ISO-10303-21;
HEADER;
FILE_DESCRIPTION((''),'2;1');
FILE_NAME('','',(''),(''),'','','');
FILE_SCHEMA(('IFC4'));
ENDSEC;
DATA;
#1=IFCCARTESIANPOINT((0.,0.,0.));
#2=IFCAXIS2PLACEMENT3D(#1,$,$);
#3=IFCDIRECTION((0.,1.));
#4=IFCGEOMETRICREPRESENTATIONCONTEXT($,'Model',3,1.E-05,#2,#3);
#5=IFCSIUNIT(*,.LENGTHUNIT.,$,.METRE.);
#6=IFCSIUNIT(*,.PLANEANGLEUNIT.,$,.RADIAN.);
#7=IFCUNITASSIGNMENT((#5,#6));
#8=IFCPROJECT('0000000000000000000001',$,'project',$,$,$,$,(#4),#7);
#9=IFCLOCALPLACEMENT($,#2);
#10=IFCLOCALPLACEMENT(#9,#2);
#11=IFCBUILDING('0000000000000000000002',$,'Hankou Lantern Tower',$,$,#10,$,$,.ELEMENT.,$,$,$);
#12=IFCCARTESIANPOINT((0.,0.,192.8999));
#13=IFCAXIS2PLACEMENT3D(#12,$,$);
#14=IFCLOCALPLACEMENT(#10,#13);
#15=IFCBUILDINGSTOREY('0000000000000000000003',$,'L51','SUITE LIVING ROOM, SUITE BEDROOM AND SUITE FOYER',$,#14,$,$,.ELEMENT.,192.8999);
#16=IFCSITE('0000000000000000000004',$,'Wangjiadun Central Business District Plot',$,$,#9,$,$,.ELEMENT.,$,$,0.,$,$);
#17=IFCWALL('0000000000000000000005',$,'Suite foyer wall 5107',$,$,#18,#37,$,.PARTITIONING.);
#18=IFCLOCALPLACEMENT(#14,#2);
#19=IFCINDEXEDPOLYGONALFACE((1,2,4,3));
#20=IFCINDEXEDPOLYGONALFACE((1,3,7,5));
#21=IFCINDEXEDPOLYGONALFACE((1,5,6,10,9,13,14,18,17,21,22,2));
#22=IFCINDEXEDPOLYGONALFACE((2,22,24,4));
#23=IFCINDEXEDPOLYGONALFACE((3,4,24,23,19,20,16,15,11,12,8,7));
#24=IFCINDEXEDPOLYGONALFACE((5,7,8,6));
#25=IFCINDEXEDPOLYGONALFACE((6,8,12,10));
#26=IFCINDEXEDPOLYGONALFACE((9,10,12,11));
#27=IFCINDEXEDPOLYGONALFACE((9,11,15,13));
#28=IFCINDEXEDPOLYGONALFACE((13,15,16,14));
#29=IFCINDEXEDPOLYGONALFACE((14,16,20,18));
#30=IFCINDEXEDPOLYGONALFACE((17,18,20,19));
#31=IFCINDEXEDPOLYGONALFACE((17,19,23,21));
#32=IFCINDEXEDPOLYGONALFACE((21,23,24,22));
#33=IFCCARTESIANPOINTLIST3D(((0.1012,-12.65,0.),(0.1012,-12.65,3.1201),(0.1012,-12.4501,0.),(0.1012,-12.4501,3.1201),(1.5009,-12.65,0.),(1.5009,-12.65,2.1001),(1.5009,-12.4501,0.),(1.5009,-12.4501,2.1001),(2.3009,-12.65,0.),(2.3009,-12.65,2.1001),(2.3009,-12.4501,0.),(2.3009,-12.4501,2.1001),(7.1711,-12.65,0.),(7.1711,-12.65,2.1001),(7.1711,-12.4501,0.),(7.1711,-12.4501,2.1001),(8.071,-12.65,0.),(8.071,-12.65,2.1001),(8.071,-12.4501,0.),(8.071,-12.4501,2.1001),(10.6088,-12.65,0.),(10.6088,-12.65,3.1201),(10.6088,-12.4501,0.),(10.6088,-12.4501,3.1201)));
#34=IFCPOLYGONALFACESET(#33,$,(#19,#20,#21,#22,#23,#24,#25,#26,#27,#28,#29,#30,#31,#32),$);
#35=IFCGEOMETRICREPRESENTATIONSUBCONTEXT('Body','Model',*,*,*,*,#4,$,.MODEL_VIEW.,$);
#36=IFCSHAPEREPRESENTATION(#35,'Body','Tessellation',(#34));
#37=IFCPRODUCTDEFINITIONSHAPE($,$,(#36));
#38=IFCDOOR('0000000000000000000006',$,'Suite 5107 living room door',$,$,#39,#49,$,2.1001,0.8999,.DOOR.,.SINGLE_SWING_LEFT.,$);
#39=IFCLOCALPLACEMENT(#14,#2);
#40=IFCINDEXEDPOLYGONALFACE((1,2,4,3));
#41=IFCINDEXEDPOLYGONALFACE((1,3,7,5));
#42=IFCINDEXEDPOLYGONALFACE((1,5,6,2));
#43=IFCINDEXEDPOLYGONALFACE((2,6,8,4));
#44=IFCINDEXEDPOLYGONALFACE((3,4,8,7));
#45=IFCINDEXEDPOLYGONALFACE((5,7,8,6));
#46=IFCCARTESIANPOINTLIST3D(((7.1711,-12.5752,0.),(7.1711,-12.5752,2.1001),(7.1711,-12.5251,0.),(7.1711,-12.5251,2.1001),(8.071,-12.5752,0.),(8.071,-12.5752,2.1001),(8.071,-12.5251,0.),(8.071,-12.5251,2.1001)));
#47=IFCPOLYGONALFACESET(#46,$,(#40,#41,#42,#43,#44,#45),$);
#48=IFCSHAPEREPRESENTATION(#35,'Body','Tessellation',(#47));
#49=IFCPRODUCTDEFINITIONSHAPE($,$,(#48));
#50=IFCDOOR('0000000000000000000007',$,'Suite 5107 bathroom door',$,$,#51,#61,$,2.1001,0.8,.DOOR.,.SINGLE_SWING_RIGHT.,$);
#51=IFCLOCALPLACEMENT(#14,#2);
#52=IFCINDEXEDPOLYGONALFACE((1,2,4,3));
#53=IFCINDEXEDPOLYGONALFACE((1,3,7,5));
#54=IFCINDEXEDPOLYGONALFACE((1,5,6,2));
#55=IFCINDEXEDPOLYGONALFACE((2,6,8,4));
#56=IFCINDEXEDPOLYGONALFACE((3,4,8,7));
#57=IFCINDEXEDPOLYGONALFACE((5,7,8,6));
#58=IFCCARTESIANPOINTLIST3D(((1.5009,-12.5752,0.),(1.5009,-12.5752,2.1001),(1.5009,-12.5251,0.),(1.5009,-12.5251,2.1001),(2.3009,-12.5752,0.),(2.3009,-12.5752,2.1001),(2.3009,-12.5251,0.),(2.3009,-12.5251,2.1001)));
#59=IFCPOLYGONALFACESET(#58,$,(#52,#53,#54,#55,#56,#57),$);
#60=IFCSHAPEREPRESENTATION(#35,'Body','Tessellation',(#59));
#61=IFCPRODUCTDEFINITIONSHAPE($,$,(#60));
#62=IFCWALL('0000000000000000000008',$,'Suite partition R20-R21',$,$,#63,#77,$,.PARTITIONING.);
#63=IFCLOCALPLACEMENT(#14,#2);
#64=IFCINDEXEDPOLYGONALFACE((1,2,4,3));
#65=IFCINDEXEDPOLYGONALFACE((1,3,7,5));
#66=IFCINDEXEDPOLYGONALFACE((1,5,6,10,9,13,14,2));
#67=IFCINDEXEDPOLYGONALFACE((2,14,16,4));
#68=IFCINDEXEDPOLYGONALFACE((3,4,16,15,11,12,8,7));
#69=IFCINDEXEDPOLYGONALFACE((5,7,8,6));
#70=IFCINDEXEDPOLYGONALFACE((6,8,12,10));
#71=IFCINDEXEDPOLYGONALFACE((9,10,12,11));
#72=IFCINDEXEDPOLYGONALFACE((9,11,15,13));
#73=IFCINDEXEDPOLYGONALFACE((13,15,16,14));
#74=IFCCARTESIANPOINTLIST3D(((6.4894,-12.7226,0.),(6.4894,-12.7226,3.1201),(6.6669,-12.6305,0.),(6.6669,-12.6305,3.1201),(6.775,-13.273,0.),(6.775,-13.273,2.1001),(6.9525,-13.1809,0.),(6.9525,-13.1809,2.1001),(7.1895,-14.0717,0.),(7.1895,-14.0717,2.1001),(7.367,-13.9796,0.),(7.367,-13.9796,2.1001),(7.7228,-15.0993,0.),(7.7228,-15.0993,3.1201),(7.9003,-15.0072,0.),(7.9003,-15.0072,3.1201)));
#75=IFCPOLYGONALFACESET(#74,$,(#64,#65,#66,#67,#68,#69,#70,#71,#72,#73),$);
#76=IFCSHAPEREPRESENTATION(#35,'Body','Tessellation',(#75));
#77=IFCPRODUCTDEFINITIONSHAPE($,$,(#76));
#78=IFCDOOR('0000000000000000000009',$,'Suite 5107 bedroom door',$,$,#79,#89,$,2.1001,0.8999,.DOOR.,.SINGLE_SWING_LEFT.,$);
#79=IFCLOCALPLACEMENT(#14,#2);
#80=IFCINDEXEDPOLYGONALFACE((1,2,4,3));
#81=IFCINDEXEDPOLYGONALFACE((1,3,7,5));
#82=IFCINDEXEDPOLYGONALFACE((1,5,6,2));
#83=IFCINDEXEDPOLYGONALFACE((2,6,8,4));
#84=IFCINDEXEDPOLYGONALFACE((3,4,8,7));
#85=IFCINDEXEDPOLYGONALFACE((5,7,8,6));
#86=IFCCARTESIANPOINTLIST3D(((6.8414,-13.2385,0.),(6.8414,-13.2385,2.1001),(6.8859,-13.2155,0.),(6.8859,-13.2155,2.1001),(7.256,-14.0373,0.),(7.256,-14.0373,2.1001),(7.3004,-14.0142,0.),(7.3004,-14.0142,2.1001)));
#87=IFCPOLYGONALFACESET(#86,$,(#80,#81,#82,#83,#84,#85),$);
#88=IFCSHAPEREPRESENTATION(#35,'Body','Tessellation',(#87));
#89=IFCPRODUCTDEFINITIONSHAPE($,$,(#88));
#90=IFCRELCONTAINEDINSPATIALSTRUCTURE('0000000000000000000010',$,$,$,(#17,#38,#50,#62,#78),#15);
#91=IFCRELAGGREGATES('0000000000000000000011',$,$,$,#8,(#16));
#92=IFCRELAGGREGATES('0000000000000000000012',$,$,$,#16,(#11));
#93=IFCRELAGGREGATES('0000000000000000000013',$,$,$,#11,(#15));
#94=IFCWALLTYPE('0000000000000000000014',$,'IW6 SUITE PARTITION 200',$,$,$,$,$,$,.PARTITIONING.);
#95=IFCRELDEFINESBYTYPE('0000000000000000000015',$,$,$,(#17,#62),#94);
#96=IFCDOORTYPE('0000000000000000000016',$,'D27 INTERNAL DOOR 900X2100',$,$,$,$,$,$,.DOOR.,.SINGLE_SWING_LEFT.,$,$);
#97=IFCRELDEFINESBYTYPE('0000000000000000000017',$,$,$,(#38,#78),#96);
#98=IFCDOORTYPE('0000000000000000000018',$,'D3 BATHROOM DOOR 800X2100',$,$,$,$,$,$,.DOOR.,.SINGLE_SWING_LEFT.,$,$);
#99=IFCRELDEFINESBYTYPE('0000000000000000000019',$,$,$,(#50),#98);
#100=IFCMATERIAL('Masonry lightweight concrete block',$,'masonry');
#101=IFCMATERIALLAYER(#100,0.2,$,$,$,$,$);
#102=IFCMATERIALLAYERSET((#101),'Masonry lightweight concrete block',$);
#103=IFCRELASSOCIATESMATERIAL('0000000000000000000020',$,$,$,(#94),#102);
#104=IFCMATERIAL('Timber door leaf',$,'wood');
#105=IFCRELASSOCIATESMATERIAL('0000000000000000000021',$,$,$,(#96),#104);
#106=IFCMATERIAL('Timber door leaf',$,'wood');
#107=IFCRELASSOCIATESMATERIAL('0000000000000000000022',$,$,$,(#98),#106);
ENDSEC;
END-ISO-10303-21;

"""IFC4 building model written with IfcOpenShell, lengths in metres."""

from ifc_helpers import new_model, si_unit, direction, frame, frame_2d, origin, place, context, subcontext, project, spatial, rectangle, extrude, material, layer, layer_set, type_object, element, fill, save


model = new_model("IFC4")

# Units and contexts
model_context = context("Model", 3, precision=1e-05, world=origin(), true_north=direction((0.0, 1.0)))
body_context = subcontext(model_context, "Body", "Model", "MODEL_VIEW")
ifc_project = project(units=[si_unit("LENGTHUNIT", "METRE"), si_unit("PLANEANGLEUNIT", "RADIAN")], contexts=[model_context])

# Site, building, storey
site_placement = place(None, origin())
site = spatial("IfcSite", under=ifc_project, at=site_placement, Name="Wangjiadun Central Business District Plot", CompositionType="ELEMENT", RefElevation=0.0)
building_placement = place(site_placement, origin())
building = spatial("IfcBuilding", under=site, at=building_placement, Name="Hankou Lantern Tower", CompositionType="ELEMENT")
storey_placement = place(building_placement, frame((0.0, 0.0, 192.8999)))
storey = spatial("IfcBuildingStorey", under=building, at=storey_placement, Name="L51", Description="SUITE LIVING ROOM, SUITE BEDROOM AND SUITE FOYER", CompositionType="ELEMENT", Elevation=192.8999)

# Wall, openings, doors
ifc_material_1 = material(Name="Masonry lightweight concrete block", Category="masonry")
ifc_layer_1 = layer(ifc_material_1, 0.2)
ifc_layer_set_1 = layer_set([ifc_layer_1], Name="Masonry lightweight concrete block")
wall_type_1 = type_object("IfcWallType", Name="IW6 SUITE PARTITION 200", PredefinedType="PARTITIONING", material=ifc_layer_set_1)
wall_1_placement = place(storey_placement, frame((0.1011, -12.55, 0.0), z_axis=(0.0, 0.0, 1.0), x_axis=(1.0, 0.0, 0.0)))
wall_1 = element("IfcWall", 1, at=wall_1_placement, inside=storey, type_object=wall_type_1, Name="Suite foyer wall 5107", PredefinedType="PARTITIONING", context=body_context, shape_type="SweptSolid", body=[
    extrude(rectangle(XDim=10.5076, YDim=0.2, at=frame_2d((5.2539, 0.0))), origin(), (0.0, 0.0, 1.0), 3.1201),
])
opening_1_placement = place(wall_1_placement, frame((1.3999, 0.0, 0.0)))
opening_1 = element("IfcOpeningElement", 2, at=opening_1_placement, cuts=wall_1, PredefinedType="OPENING", context=body_context, shape_type="SweptSolid", body=[
    extrude(rectangle(XDim=0.8, YDim=2.1001, at=frame_2d((0.3999, 1.05))), frame((0.0, 0.1099, 0.0), z_axis=(0.0, -1.0, 0.0), x_axis=(1.0, 0.0, 0.0)), (0.0, 0.0, 1.0), 0.22),
])
opening_2_placement = place(wall_1_placement, frame((7.0701, 0.0, 0.0)))
opening_2 = element("IfcOpeningElement", 3, at=opening_2_placement, cuts=wall_1, PredefinedType="OPENING", context=body_context, shape_type="SweptSolid", body=[
    extrude(rectangle(XDim=0.8999, YDim=2.1001, at=frame_2d((0.45, 1.05))), frame((0.0, 0.1099, 0.0), z_axis=(0.0, -1.0, 0.0), x_axis=(1.0, 0.0, 0.0)), (0.0, 0.0, 1.0), 0.22),
])
ifc_material_2 = material(Name="Timber door leaf", Category="wood")
door_type_1 = type_object("IfcDoorType", Name="D27 INTERNAL DOOR 900X2100", OperationType="SINGLE_SWING_LEFT", PredefinedType="DOOR", material=ifc_material_2)
door_1_placement = place(opening_2_placement, origin())
door_1 = element("IfcDoor", 4, at=door_1_placement, inside=storey, type_object=door_type_1, Name="Suite 5107 living room door", OperationType="SINGLE_SWING_LEFT", OverallHeight=2.1001, OverallWidth=0.8999, PredefinedType="DOOR", context=body_context, shape_type="SweptSolid", body=[
    extrude(rectangle(XDim=0.8999, YDim=2.1001, at=frame_2d((0.45, 1.05))), frame((0.0, 0.0249, 0.0), z_axis=(0.0, -1.0, 0.0), x_axis=(1.0, 0.0, 0.0)), (0.0, 0.0, 1.0), 0.05),
])
fill(opening_2, door_1)
ifc_material_3 = material(Name="Timber door leaf", Category="wood")
door_type_2 = type_object("IfcDoorType", Name="D3 BATHROOM DOOR 800X2100", OperationType="SINGLE_SWING_LEFT", PredefinedType="DOOR", material=ifc_material_3)
door_2_placement = place(opening_1_placement, origin())
door_2 = element("IfcDoor", 5, at=door_2_placement, inside=storey, type_object=door_type_2, Name="Suite 5107 bathroom door", OperationType="SINGLE_SWING_RIGHT", OverallHeight=2.1001, OverallWidth=0.8, PredefinedType="DOOR", context=body_context, shape_type="SweptSolid", body=[
    extrude(rectangle(XDim=0.8, YDim=2.1001, at=frame_2d((0.3999, 1.05))), frame((0.0, 0.0249, 0.0), z_axis=(0.0, -1.0, 0.0), x_axis=(1.0, 0.0, 0.0)), (0.0, 0.0, 1.0), 0.05),
])
fill(opening_1, door_2)

# Wall, opening, door
wall_2_placement = place(storey_placement, frame((6.5781, -12.6765, 0.0), z_axis=(0.0, 0.0, 1.0), x_axis=(0.460621, -0.887597, 0.0)))
wall_2 = element("IfcWall", 6, at=wall_2_placement, inside=storey, type_object=wall_type_1, Name="Suite partition R20-R21", PredefinedType="PARTITIONING", context=body_context, shape_type="SweptSolid", body=[
    extrude(rectangle(XDim=2.6777, YDim=0.2, at=frame_2d((1.3389, 0.0))), origin(), (0.0, 0.0, 1.0), 3.1201),
])
opening_3_placement = place(wall_2_placement, frame((0.6201, 0.0, 0.0)))
opening_3 = element("IfcOpeningElement", 7, at=opening_3_placement, cuts=wall_2, PredefinedType="OPENING", context=body_context, shape_type="SweptSolid", body=[
    extrude(rectangle(XDim=0.8999, YDim=2.1001, at=frame_2d((0.45, 1.05))), frame((0.0, 0.1099, 0.0), z_axis=(0.0, -1.0, 0.0), x_axis=(1.0, 0.0, 0.0)), (0.0, 0.0, 1.0), 0.22),
])
door_3_placement = place(opening_3_placement, origin())
door_3 = element("IfcDoor", 8, at=door_3_placement, inside=storey, type_object=door_type_1, Name="Suite 5107 bedroom door", OperationType="SINGLE_SWING_LEFT", OverallHeight=2.1001, OverallWidth=0.8999, PredefinedType="DOOR", context=body_context, shape_type="SweptSolid", body=[
    extrude(rectangle(XDim=0.8999, YDim=2.1001, at=frame_2d((0.45, 1.05))), frame((0.0, 0.0249, 0.0), z_axis=(0.0, -1.0, 0.0), x_axis=(1.0, 0.0, 0.0)), (0.0, 0.0, 1.0), 0.05),
])
fill(opening_3, door_3)

save(model, "model.ifc")
